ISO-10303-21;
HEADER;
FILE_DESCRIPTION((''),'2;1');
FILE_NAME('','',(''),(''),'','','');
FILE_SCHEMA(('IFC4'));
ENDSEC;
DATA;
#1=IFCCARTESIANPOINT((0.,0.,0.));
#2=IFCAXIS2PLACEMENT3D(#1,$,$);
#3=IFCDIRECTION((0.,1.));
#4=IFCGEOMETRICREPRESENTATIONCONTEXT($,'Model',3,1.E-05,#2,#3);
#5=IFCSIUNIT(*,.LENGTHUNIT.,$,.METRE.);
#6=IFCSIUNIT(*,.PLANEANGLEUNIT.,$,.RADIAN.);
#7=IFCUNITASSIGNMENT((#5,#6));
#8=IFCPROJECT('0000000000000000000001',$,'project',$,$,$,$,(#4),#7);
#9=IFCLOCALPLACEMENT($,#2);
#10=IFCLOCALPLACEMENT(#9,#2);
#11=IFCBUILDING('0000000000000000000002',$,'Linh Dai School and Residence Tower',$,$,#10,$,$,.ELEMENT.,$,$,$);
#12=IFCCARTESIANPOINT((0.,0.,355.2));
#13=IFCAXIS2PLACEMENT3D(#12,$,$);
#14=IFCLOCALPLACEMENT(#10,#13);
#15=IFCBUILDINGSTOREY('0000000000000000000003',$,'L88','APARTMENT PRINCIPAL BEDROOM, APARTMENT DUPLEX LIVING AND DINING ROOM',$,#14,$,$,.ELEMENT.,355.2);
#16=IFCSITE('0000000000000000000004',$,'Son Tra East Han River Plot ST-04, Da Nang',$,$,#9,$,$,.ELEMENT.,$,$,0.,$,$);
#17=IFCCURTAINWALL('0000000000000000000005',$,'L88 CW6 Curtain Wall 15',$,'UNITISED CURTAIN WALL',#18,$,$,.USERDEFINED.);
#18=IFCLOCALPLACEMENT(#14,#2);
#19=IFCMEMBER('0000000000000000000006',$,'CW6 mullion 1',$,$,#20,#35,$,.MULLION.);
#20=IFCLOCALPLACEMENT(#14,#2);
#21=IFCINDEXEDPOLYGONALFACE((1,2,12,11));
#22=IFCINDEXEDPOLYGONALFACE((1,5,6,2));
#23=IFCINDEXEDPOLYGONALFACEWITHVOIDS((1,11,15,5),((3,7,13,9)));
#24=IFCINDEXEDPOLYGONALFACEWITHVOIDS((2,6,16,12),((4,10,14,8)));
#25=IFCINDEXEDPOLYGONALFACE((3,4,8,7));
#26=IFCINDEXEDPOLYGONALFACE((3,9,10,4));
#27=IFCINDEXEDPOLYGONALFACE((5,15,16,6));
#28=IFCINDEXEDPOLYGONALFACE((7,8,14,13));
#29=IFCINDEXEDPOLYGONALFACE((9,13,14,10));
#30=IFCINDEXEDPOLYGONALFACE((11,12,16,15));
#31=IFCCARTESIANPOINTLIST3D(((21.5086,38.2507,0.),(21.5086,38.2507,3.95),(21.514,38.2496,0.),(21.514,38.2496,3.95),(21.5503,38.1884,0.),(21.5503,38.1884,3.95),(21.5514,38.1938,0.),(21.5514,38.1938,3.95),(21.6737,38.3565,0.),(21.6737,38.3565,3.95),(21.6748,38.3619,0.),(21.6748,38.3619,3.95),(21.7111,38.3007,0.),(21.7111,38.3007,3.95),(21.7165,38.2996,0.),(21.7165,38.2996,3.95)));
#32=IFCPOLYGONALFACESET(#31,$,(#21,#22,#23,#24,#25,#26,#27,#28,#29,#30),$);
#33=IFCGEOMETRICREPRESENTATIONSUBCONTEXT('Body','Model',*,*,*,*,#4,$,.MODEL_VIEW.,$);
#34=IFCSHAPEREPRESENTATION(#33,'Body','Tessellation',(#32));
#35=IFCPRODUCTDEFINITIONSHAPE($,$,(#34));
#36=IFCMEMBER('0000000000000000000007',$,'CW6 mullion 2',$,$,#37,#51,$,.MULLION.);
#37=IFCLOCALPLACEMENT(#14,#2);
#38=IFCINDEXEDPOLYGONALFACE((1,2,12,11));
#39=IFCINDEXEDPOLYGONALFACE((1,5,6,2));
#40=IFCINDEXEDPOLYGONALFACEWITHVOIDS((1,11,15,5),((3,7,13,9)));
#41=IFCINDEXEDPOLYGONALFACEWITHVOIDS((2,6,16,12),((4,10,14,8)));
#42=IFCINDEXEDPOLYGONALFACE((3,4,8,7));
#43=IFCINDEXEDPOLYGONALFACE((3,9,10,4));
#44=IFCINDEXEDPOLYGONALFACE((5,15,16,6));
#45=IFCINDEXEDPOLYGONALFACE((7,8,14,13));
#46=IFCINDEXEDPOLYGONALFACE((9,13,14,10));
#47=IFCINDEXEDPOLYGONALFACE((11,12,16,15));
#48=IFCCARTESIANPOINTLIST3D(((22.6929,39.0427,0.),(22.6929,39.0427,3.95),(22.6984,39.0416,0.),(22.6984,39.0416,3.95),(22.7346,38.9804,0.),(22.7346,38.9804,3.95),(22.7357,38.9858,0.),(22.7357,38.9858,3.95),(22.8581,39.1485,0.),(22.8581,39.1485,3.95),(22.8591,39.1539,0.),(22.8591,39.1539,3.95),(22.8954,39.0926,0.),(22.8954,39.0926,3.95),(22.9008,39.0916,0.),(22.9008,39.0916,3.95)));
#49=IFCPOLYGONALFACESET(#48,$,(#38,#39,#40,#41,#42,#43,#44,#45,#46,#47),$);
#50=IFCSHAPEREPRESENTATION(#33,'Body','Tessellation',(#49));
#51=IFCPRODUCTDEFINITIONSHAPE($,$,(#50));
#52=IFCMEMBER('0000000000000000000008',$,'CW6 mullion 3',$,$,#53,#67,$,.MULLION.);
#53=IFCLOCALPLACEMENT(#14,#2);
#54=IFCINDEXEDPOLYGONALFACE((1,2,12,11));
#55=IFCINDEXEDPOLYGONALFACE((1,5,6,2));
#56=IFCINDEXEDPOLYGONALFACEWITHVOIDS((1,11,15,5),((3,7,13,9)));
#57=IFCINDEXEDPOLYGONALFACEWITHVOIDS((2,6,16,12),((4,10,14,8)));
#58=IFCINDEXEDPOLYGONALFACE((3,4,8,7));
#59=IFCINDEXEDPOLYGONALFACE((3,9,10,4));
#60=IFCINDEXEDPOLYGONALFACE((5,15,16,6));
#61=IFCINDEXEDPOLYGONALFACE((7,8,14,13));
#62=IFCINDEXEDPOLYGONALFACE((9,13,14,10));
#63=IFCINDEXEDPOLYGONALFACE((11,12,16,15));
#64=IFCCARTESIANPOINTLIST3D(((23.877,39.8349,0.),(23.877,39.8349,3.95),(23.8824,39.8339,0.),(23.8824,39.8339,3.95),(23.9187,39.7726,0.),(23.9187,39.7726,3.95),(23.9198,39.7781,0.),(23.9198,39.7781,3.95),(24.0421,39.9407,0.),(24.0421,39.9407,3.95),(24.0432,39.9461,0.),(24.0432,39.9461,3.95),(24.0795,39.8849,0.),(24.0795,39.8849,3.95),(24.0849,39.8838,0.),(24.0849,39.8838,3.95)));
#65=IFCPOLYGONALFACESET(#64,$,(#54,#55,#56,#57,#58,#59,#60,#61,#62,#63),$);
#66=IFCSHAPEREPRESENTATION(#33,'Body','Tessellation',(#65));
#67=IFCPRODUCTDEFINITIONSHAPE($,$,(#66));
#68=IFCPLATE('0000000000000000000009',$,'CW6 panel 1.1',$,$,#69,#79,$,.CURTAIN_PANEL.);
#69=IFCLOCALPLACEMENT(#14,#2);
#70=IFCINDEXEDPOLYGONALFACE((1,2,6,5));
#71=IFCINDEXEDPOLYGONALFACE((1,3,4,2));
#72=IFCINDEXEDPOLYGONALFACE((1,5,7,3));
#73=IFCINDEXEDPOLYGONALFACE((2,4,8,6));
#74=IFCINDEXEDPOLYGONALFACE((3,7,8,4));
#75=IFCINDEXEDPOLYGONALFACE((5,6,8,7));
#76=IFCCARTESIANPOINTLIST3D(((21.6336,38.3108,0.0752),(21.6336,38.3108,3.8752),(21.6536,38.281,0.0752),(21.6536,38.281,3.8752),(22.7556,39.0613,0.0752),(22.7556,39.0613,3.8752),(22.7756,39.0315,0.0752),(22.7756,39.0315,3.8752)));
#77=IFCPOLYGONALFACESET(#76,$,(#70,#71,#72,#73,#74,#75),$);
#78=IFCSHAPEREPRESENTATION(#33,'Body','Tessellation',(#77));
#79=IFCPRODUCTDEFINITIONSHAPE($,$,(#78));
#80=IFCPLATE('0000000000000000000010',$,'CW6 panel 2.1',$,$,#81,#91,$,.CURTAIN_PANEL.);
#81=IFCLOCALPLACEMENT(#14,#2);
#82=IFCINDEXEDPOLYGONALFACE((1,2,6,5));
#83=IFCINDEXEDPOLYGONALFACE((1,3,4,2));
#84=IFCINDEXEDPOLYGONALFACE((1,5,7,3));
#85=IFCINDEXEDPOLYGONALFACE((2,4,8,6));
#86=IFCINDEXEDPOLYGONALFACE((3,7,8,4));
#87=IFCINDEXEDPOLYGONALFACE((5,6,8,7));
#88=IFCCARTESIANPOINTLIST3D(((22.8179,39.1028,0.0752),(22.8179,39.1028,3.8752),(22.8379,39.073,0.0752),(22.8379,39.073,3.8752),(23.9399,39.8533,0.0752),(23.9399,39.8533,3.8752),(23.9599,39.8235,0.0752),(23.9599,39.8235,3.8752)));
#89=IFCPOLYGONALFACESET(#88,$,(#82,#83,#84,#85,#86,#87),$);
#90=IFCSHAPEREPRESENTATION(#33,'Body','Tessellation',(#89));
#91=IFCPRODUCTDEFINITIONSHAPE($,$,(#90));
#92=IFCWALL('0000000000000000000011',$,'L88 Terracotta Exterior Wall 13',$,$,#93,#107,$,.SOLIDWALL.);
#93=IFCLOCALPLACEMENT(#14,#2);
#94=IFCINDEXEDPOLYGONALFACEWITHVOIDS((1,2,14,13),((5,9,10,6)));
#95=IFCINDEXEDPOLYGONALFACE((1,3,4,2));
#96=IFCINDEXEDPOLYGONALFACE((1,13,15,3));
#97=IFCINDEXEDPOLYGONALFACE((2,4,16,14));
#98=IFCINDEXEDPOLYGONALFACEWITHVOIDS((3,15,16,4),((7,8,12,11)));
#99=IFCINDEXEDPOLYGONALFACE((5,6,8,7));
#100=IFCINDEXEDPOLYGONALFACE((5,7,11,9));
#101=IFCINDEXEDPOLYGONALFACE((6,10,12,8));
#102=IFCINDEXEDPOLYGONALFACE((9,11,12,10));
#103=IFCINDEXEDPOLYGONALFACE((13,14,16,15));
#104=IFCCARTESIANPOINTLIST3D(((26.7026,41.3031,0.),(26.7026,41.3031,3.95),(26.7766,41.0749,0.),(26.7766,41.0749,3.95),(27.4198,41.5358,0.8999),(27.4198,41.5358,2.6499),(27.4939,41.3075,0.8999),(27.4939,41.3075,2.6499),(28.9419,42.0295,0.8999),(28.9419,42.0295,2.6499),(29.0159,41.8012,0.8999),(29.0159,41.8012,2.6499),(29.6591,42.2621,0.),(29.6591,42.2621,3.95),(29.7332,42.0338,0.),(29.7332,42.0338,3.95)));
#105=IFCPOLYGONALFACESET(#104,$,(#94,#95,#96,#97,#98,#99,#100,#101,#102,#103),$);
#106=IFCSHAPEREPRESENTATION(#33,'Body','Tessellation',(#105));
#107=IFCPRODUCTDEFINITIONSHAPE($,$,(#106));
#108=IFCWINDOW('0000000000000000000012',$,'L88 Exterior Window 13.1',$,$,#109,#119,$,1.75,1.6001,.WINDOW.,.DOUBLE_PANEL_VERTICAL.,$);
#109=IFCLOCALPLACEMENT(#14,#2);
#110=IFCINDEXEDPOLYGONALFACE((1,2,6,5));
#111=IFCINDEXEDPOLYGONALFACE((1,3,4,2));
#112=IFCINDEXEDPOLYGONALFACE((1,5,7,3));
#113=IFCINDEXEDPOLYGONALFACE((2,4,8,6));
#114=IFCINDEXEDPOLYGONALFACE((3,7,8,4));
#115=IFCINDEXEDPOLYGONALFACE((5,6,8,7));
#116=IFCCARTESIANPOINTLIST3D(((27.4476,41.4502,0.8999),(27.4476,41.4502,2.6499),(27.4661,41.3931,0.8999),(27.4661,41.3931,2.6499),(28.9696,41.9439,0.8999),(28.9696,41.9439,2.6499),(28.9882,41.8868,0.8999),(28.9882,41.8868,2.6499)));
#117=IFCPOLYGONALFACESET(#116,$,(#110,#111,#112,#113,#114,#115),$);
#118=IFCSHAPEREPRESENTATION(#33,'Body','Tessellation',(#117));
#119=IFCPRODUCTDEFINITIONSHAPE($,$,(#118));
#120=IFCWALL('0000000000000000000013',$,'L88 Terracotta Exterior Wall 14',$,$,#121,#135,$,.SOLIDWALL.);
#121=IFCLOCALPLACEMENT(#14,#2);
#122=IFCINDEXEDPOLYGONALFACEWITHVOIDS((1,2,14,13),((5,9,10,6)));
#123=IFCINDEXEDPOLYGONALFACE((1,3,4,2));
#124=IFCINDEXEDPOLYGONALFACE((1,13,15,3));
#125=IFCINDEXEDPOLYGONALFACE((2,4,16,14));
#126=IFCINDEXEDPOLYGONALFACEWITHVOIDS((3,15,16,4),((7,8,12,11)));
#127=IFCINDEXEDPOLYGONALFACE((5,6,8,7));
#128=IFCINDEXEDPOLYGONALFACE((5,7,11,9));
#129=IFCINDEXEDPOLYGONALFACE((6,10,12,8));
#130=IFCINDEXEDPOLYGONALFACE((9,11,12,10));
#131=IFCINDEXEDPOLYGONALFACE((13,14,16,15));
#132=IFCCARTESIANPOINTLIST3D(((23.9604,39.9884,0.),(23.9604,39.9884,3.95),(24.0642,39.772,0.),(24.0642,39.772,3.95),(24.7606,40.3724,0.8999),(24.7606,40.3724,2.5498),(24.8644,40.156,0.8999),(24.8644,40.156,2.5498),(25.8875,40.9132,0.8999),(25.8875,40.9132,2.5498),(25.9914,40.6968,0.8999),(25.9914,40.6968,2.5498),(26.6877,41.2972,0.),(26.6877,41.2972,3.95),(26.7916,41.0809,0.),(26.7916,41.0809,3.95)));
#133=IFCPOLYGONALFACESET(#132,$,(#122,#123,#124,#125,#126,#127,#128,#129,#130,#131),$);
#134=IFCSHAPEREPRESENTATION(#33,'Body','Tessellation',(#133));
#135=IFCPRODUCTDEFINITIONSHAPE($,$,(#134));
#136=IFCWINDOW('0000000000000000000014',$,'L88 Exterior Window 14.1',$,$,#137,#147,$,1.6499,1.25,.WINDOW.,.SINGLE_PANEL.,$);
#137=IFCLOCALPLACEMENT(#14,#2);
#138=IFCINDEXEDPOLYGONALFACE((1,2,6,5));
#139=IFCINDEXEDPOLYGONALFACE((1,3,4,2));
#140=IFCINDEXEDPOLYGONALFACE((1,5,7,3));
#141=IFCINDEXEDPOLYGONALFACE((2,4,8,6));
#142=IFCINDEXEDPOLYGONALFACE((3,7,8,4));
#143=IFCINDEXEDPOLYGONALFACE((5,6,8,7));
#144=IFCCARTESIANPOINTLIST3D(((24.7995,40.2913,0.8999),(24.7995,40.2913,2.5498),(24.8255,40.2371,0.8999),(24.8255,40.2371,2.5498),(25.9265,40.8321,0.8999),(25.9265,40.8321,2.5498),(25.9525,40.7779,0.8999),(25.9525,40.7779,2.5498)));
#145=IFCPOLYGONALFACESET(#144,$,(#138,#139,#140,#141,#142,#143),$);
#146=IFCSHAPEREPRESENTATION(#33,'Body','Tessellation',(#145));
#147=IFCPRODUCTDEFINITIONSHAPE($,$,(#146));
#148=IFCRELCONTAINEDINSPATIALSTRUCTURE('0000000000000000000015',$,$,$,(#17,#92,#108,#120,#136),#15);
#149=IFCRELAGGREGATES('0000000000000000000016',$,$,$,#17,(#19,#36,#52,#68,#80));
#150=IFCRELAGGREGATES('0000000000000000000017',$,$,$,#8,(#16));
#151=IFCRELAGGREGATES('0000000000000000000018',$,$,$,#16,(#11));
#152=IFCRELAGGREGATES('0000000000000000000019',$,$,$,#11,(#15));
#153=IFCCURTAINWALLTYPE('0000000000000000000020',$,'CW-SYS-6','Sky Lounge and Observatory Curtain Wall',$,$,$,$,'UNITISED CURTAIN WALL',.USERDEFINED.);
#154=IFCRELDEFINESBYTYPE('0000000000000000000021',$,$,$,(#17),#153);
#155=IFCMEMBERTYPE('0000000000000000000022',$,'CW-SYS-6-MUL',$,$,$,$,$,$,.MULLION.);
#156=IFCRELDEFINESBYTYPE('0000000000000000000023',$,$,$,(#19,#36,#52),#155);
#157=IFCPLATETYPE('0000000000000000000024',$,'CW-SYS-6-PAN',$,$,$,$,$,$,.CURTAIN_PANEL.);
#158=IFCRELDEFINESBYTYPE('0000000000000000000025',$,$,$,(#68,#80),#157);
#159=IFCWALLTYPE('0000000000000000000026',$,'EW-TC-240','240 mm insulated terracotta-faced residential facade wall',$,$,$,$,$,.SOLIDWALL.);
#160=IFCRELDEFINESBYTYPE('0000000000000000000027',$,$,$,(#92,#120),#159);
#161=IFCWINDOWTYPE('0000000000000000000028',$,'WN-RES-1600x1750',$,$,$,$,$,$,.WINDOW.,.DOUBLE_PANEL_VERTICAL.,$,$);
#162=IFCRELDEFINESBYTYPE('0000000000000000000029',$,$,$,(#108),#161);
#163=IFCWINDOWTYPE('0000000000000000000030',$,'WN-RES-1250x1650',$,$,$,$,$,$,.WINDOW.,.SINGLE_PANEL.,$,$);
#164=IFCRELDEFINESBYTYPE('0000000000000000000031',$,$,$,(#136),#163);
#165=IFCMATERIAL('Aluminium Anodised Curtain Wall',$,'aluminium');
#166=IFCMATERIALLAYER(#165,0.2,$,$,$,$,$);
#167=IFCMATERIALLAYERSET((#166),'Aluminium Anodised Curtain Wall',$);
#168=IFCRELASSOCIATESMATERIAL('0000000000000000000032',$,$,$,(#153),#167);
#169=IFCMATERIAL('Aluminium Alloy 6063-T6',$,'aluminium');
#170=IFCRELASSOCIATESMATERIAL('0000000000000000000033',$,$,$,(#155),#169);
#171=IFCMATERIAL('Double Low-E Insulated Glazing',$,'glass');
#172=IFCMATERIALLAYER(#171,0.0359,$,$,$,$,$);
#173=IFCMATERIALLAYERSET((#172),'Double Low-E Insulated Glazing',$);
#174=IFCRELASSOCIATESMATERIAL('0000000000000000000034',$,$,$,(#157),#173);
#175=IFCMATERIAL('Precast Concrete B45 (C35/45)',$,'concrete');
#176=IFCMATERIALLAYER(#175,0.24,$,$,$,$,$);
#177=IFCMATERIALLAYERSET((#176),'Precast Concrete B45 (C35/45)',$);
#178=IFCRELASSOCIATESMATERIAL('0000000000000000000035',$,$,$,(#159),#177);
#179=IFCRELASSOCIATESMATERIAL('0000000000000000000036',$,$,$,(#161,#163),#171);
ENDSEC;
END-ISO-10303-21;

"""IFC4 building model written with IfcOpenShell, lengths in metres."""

from ifc_helpers import new_model, si_unit, direction, frame, frame_2d, origin, origin_2d, place, context, subcontext, project, spatial, rectangle, hollow_rectangle, extrude, source, transform, mapped, material, layer, layer_set, material_profile, profile_set, type_object, element, fill, aggregate, save


model = new_model("IFC4")

# Units and contexts
model_context = context("Model", 3, precision=1e-05, world=origin(), true_north=direction((0.0, 1.0)))
body_context = subcontext(model_context, "Body", "Model", "MODEL_VIEW")
ifc_project = project(units=[si_unit("LENGTHUNIT", "METRE"), si_unit("PLANEANGLEUNIT", "RADIAN")], contexts=[model_context])

# Site, building, storey
site_placement = place(None, origin())
site = spatial("IfcSite", under=ifc_project, at=site_placement, Name="Son Tra East Han River Plot ST-04, Da Nang", CompositionType="ELEMENT", RefElevation=0.0)
building_placement = place(site_placement, origin())
building = spatial("IfcBuilding", under=site, at=building_placement, Name="Linh Dai School and Residence Tower", CompositionType="ELEMENT")
storey_placement = place(building_placement, frame((0.0, 0.0, 355.2)))
storey = spatial("IfcBuildingStorey", under=building, at=storey_placement, Name="L88", Description="APARTMENT PRINCIPAL BEDROOM, APARTMENT DUPLEX LIVING AND DINING ROOM", CompositionType="ELEMENT", Elevation=355.2)

# Curtain wall, members, plates
ifc_material_1 = material(Name="Aluminium Anodised Curtain Wall", Category="aluminium")
ifc_layer_1 = layer(ifc_material_1, 0.2)
ifc_layer_set_1 = layer_set([ifc_layer_1], Name="Aluminium Anodised Curtain Wall")
curtain_wall_type = type_object("IfcCurtainWallType", Name="CW-SYS-6", Description="Sky Lounge and Observatory Curtain Wall", ElementType="UNITISED CURTAIN WALL", PredefinedType="USERDEFINED", material=ifc_layer_set_1)
curtain_wall_placement = place(storey_placement, origin())
curtain_wall = element("IfcCurtainWall", 1, at=curtain_wall_placement, inside=storey, type_object=curtain_wall_type, Name="L88 CW6 Curtain Wall 15", ObjectType="UNITISED CURTAIN WALL", PredefinedType="USERDEFINED")
ifc_material_2 = material(Name="Aluminium Alloy 6063-T6", Category="aluminium")
ifc_material_profile_1 = material_profile(ifc_material_2, hollow_rectangle(XDim=0.075, YDim=0.2, WallThickness=0.0039, at=origin_2d()), Name="RHS 200x75x4")
ifc_profile_set_1 = profile_set([ifc_material_profile_1], Name="Aluminium Alloy 6063-T6")
member_type_1 = type_object("IfcMemberType", Name="CW-SYS-6-MUL", PredefinedType="MULLION", material=ifc_profile_set_1)
shared_shape_1 = source(origin(), body_context, "Body", "SweptSolid", [
    extrude(hollow_rectangle(XDim=0.075, YDim=0.2, WallThickness=0.0039, at=origin_2d()), origin(), (0.0, 0.0, 1.0), 3.95),
])
member_1_placement = place(storey_placement, frame((21.6125, 38.2751, 0.0), z_axis=(0.0, 0.0, 1.0), x_axis=(-0.555971, 0.831202, 0.0)))
member_1 = element("IfcMember", 2, at=member_1_placement, type_object=member_type_1, Name="CW6 mullion 1", PredefinedType="MULLION", context=body_context, shape_type="MappedRepresentation", body=[
    mapped(shared_shape_1, transform((0.0, 0.0, 0.0), x_axis=(1.0, 0.0, 0.0), y_axis=(0.0, 1.0, 0.0), z_axis=(0.0, 0.0, 1.0), scale=1.0)),
])
member_2_placement = place(storey_placement, frame((22.7969, 39.0671, 0.0), z_axis=(0.0, 0.0, 1.0), x_axis=(-0.555971, 0.831202, 0.0)))
member_2 = element("IfcMember", 3, at=member_2_placement, type_object=member_type_1, Name="CW6 mullion 2", PredefinedType="MULLION", context=body_context, shape_type="MappedRepresentation", body=[
    mapped(shared_shape_1, transform((0.0, 0.0, 0.0), x_axis=(1.0, 0.0, 0.0), y_axis=(0.0, 1.0, 0.0), z_axis=(0.0, 0.0, 1.0), scale=1.0)),
])
member_3_placement = place(storey_placement, frame((23.981, 39.8594, 0.0), z_axis=(0.0, 0.0, 1.0), x_axis=(-0.555971, 0.831202, 0.0)))
member_3 = element("IfcMember", 4, at=member_3_placement, type_object=member_type_1, Name="CW6 mullion 3", PredefinedType="MULLION", context=body_context, shape_type="MappedRepresentation", body=[
    mapped(shared_shape_1, transform((0.0, 0.0, 0.0), x_axis=(1.0, 0.0, 0.0), y_axis=(0.0, 1.0, 0.0), z_axis=(0.0, 0.0, 1.0), scale=1.0)),
])
ifc_material_3 = material(Name="Double Low-E Insulated Glazing", Category="glass")
ifc_layer_2 = layer(ifc_material_3, 0.0359)
ifc_layer_set_2 = layer_set([ifc_layer_2], Name="Double Low-E Insulated Glazing")
plate_type = type_object("IfcPlateType", Name="CW-SYS-6-PAN", PredefinedType="CURTAIN_PANEL", material=ifc_layer_set_2)
shared_shape_2 = source(origin(), body_context, "Body", "SweptSolid", [
    extrude(rectangle(XDim=1.3499, YDim=0.0359, at=origin_2d()), origin(), (0.0, 0.0, 1.0), 3.8),
])
plate_1_placement = place(storey_placement, frame((22.2046, 38.6711, 0.0752), z_axis=(0.0, 0.0, 1.0), x_axis=(0.831202, 0.555971, 0.0)))
plate_1 = element("IfcPlate", 5, at=plate_1_placement, type_object=plate_type, Name="CW6 panel 1.1", PredefinedType="CURTAIN_PANEL", context=body_context, shape_type="MappedRepresentation", body=[
    mapped(shared_shape_2, transform((0.0, 0.0, 0.0), x_axis=(1.0, 0.0, 0.0), y_axis=(0.0, 1.0, 0.0), z_axis=(0.0, 0.0, 1.0), scale=1.0)),
])
plate_2_placement = place(storey_placement, frame((23.3889, 39.4631, 0.0752), z_axis=(0.0, 0.0, 1.0), x_axis=(0.831202, 0.555971, 0.0)))
plate_2 = element("IfcPlate", 6, at=plate_2_placement, type_object=plate_type, Name="CW6 panel 2.1", PredefinedType="CURTAIN_PANEL", context=body_context, shape_type="MappedRepresentation", body=[
    mapped(shared_shape_2, transform((0.0, 0.0, 0.0), x_axis=(1.0, 0.0, 0.0), y_axis=(0.0, 1.0, 0.0), z_axis=(0.0, 0.0, 1.0), scale=1.0)),
])
aggregate(curtain_wall, [member_1, member_2, member_3, plate_1, plate_2])

# Walls, openings, windows
ifc_material_4 = material(Name="Precast Concrete B45 (C35/45)", Category="concrete")
ifc_layer_3 = layer(ifc_material_4, 0.24)
ifc_layer_set_3 = layer_set([ifc_layer_3], Name="Precast Concrete B45 (C35/45)")
wall_type_1 = type_object("IfcWallType", Name="EW-TC-240", Description="240 mm insulated terracotta-faced residential facade wall", PredefinedType="SOLIDWALL", material=ifc_layer_set_3)
wall_1_placement = place(storey_placement, frame((26.7395, 41.189, 0.0), z_axis=(0.0, 0.0, 1.0), x_axis=(0.951213, 0.308535, 0.0)))
wall_1 = element("IfcWall", 7, at=wall_1_placement, inside=storey, type_object=wall_type_1, Name="L88 Terracotta Exterior Wall 13", PredefinedType="SOLIDWALL", context=body_context, shape_type="SweptSolid", body=[
    extrude(rectangle(XDim=3.1082, YDim=0.24, at=frame_2d((1.5542, 0.0))), origin(), (0.0, 0.0, 1.0), 3.95),
])
opening_1_placement = place(wall_1_placement, frame((0.7542, 0.0, 0.8999)))
opening_1 = element("IfcOpeningElement", 8, at=opening_1_placement, cuts=wall_1, PredefinedType="OPENING", context=body_context, shape_type="SweptSolid", body=[
    extrude(rectangle(XDim=1.6001, YDim=1.75, at=origin_2d()), frame((0.8, 0.1299, 0.875), z_axis=(0.0, -1.0, 0.0), x_axis=(1.0, 0.0, 0.0)), (0.0, 0.0, 1.0), 0.26),
])
window_type_1 = type_object("IfcWindowType", Name="WN-RES-1600x1750", PartitioningType="DOUBLE_PANEL_VERTICAL", PredefinedType="WINDOW", material=ifc_material_3)
shared_shape_3 = source(origin(), body_context, "Body", "SweptSolid", [
    extrude(rectangle(XDim=1.6001, YDim=1.75, at=origin_2d()), frame((0.8, 0.03, 0.875), z_axis=(0.0, -1.0, 0.0), x_axis=(1.0, 0.0, 0.0)), (0.0, 0.0, 1.0), 0.0601),
])
window_1_placement = place(opening_1_placement, origin())
window_1 = element("IfcWindow", 9, at=window_1_placement, inside=storey, type_object=window_type_1, Name="L88 Exterior Window 13.1", OverallHeight=1.75, OverallWidth=1.6001, PartitioningType="DOUBLE_PANEL_VERTICAL", PredefinedType="WINDOW", context=body_context, shape_type="MappedRepresentation", body=[
    mapped(shared_shape_3, transform((0.0, 0.0, 0.0), x_axis=(1.0, 0.0, 0.0), y_axis=(0.0, 1.0, 0.0), z_axis=(0.0, 0.0, 1.0), scale=1.0)),
])
fill(opening_1, window_1)
wall_2_placement = place(storey_placement, frame((24.0122, 39.8801, 0.0), z_axis=(0.0, 0.0, 1.0), x_axis=(0.901557, 0.43266, 0.0)))
wall_2 = element("IfcWall", 10, at=wall_2_placement, inside=storey, type_object=wall_type_1, Name="L88 Terracotta Exterior Wall 14", PredefinedType="SOLIDWALL", context=body_context, shape_type="SweptSolid", body=[
    extrude(rectangle(XDim=3.0251, YDim=0.24, at=frame_2d((1.5127, 0.0))), origin(), (0.0, 0.0, 1.0), 3.95),
])
opening_2_placement = place(wall_2_placement, frame((0.8877, 0.0, 0.8999)))
opening_2 = element("IfcOpeningElement", 11, at=opening_2_placement, cuts=wall_2, PredefinedType="OPENING", context=body_context, shape_type="SweptSolid", body=[
    extrude(rectangle(XDim=1.25, YDim=1.6499, at=origin_2d()), frame((0.625, 0.1299, 0.825), z_axis=(0.0, -1.0, 0.0), x_axis=(1.0, 0.0, 0.0)), (0.0, 0.0, 1.0), 0.26),
])
window_type_2 = type_object("IfcWindowType", Name="WN-RES-1250x1650", PartitioningType="SINGLE_PANEL", PredefinedType="WINDOW", material=ifc_material_3)
shared_shape_4 = source(origin(), body_context, "Body", "SweptSolid", [
    extrude(rectangle(XDim=1.25, YDim=1.6499, at=origin_2d()), frame((0.625, 0.03, 0.825), z_axis=(0.0, -1.0, 0.0), x_axis=(1.0, 0.0, 0.0)), (0.0, 0.0, 1.0), 0.0601),
])
window_2_placement = place(opening_2_placement, origin())
window_2 = element("IfcWindow", 12, at=window_2_placement, inside=storey, type_object=window_type_2, Name="L88 Exterior Window 14.1", OverallHeight=1.6499, OverallWidth=1.25, PartitioningType="SINGLE_PANEL", PredefinedType="WINDOW", context=body_context, shape_type="MappedRepresentation", body=[
    mapped(shared_shape_4, transform((0.0, 0.0, 0.0), x_axis=(1.0, 0.0, 0.0), y_axis=(0.0, 1.0, 0.0), z_axis=(0.0, 0.0, 1.0), scale=1.0)),
])
fill(opening_2, window_2)

save(model, "model.ifc")
